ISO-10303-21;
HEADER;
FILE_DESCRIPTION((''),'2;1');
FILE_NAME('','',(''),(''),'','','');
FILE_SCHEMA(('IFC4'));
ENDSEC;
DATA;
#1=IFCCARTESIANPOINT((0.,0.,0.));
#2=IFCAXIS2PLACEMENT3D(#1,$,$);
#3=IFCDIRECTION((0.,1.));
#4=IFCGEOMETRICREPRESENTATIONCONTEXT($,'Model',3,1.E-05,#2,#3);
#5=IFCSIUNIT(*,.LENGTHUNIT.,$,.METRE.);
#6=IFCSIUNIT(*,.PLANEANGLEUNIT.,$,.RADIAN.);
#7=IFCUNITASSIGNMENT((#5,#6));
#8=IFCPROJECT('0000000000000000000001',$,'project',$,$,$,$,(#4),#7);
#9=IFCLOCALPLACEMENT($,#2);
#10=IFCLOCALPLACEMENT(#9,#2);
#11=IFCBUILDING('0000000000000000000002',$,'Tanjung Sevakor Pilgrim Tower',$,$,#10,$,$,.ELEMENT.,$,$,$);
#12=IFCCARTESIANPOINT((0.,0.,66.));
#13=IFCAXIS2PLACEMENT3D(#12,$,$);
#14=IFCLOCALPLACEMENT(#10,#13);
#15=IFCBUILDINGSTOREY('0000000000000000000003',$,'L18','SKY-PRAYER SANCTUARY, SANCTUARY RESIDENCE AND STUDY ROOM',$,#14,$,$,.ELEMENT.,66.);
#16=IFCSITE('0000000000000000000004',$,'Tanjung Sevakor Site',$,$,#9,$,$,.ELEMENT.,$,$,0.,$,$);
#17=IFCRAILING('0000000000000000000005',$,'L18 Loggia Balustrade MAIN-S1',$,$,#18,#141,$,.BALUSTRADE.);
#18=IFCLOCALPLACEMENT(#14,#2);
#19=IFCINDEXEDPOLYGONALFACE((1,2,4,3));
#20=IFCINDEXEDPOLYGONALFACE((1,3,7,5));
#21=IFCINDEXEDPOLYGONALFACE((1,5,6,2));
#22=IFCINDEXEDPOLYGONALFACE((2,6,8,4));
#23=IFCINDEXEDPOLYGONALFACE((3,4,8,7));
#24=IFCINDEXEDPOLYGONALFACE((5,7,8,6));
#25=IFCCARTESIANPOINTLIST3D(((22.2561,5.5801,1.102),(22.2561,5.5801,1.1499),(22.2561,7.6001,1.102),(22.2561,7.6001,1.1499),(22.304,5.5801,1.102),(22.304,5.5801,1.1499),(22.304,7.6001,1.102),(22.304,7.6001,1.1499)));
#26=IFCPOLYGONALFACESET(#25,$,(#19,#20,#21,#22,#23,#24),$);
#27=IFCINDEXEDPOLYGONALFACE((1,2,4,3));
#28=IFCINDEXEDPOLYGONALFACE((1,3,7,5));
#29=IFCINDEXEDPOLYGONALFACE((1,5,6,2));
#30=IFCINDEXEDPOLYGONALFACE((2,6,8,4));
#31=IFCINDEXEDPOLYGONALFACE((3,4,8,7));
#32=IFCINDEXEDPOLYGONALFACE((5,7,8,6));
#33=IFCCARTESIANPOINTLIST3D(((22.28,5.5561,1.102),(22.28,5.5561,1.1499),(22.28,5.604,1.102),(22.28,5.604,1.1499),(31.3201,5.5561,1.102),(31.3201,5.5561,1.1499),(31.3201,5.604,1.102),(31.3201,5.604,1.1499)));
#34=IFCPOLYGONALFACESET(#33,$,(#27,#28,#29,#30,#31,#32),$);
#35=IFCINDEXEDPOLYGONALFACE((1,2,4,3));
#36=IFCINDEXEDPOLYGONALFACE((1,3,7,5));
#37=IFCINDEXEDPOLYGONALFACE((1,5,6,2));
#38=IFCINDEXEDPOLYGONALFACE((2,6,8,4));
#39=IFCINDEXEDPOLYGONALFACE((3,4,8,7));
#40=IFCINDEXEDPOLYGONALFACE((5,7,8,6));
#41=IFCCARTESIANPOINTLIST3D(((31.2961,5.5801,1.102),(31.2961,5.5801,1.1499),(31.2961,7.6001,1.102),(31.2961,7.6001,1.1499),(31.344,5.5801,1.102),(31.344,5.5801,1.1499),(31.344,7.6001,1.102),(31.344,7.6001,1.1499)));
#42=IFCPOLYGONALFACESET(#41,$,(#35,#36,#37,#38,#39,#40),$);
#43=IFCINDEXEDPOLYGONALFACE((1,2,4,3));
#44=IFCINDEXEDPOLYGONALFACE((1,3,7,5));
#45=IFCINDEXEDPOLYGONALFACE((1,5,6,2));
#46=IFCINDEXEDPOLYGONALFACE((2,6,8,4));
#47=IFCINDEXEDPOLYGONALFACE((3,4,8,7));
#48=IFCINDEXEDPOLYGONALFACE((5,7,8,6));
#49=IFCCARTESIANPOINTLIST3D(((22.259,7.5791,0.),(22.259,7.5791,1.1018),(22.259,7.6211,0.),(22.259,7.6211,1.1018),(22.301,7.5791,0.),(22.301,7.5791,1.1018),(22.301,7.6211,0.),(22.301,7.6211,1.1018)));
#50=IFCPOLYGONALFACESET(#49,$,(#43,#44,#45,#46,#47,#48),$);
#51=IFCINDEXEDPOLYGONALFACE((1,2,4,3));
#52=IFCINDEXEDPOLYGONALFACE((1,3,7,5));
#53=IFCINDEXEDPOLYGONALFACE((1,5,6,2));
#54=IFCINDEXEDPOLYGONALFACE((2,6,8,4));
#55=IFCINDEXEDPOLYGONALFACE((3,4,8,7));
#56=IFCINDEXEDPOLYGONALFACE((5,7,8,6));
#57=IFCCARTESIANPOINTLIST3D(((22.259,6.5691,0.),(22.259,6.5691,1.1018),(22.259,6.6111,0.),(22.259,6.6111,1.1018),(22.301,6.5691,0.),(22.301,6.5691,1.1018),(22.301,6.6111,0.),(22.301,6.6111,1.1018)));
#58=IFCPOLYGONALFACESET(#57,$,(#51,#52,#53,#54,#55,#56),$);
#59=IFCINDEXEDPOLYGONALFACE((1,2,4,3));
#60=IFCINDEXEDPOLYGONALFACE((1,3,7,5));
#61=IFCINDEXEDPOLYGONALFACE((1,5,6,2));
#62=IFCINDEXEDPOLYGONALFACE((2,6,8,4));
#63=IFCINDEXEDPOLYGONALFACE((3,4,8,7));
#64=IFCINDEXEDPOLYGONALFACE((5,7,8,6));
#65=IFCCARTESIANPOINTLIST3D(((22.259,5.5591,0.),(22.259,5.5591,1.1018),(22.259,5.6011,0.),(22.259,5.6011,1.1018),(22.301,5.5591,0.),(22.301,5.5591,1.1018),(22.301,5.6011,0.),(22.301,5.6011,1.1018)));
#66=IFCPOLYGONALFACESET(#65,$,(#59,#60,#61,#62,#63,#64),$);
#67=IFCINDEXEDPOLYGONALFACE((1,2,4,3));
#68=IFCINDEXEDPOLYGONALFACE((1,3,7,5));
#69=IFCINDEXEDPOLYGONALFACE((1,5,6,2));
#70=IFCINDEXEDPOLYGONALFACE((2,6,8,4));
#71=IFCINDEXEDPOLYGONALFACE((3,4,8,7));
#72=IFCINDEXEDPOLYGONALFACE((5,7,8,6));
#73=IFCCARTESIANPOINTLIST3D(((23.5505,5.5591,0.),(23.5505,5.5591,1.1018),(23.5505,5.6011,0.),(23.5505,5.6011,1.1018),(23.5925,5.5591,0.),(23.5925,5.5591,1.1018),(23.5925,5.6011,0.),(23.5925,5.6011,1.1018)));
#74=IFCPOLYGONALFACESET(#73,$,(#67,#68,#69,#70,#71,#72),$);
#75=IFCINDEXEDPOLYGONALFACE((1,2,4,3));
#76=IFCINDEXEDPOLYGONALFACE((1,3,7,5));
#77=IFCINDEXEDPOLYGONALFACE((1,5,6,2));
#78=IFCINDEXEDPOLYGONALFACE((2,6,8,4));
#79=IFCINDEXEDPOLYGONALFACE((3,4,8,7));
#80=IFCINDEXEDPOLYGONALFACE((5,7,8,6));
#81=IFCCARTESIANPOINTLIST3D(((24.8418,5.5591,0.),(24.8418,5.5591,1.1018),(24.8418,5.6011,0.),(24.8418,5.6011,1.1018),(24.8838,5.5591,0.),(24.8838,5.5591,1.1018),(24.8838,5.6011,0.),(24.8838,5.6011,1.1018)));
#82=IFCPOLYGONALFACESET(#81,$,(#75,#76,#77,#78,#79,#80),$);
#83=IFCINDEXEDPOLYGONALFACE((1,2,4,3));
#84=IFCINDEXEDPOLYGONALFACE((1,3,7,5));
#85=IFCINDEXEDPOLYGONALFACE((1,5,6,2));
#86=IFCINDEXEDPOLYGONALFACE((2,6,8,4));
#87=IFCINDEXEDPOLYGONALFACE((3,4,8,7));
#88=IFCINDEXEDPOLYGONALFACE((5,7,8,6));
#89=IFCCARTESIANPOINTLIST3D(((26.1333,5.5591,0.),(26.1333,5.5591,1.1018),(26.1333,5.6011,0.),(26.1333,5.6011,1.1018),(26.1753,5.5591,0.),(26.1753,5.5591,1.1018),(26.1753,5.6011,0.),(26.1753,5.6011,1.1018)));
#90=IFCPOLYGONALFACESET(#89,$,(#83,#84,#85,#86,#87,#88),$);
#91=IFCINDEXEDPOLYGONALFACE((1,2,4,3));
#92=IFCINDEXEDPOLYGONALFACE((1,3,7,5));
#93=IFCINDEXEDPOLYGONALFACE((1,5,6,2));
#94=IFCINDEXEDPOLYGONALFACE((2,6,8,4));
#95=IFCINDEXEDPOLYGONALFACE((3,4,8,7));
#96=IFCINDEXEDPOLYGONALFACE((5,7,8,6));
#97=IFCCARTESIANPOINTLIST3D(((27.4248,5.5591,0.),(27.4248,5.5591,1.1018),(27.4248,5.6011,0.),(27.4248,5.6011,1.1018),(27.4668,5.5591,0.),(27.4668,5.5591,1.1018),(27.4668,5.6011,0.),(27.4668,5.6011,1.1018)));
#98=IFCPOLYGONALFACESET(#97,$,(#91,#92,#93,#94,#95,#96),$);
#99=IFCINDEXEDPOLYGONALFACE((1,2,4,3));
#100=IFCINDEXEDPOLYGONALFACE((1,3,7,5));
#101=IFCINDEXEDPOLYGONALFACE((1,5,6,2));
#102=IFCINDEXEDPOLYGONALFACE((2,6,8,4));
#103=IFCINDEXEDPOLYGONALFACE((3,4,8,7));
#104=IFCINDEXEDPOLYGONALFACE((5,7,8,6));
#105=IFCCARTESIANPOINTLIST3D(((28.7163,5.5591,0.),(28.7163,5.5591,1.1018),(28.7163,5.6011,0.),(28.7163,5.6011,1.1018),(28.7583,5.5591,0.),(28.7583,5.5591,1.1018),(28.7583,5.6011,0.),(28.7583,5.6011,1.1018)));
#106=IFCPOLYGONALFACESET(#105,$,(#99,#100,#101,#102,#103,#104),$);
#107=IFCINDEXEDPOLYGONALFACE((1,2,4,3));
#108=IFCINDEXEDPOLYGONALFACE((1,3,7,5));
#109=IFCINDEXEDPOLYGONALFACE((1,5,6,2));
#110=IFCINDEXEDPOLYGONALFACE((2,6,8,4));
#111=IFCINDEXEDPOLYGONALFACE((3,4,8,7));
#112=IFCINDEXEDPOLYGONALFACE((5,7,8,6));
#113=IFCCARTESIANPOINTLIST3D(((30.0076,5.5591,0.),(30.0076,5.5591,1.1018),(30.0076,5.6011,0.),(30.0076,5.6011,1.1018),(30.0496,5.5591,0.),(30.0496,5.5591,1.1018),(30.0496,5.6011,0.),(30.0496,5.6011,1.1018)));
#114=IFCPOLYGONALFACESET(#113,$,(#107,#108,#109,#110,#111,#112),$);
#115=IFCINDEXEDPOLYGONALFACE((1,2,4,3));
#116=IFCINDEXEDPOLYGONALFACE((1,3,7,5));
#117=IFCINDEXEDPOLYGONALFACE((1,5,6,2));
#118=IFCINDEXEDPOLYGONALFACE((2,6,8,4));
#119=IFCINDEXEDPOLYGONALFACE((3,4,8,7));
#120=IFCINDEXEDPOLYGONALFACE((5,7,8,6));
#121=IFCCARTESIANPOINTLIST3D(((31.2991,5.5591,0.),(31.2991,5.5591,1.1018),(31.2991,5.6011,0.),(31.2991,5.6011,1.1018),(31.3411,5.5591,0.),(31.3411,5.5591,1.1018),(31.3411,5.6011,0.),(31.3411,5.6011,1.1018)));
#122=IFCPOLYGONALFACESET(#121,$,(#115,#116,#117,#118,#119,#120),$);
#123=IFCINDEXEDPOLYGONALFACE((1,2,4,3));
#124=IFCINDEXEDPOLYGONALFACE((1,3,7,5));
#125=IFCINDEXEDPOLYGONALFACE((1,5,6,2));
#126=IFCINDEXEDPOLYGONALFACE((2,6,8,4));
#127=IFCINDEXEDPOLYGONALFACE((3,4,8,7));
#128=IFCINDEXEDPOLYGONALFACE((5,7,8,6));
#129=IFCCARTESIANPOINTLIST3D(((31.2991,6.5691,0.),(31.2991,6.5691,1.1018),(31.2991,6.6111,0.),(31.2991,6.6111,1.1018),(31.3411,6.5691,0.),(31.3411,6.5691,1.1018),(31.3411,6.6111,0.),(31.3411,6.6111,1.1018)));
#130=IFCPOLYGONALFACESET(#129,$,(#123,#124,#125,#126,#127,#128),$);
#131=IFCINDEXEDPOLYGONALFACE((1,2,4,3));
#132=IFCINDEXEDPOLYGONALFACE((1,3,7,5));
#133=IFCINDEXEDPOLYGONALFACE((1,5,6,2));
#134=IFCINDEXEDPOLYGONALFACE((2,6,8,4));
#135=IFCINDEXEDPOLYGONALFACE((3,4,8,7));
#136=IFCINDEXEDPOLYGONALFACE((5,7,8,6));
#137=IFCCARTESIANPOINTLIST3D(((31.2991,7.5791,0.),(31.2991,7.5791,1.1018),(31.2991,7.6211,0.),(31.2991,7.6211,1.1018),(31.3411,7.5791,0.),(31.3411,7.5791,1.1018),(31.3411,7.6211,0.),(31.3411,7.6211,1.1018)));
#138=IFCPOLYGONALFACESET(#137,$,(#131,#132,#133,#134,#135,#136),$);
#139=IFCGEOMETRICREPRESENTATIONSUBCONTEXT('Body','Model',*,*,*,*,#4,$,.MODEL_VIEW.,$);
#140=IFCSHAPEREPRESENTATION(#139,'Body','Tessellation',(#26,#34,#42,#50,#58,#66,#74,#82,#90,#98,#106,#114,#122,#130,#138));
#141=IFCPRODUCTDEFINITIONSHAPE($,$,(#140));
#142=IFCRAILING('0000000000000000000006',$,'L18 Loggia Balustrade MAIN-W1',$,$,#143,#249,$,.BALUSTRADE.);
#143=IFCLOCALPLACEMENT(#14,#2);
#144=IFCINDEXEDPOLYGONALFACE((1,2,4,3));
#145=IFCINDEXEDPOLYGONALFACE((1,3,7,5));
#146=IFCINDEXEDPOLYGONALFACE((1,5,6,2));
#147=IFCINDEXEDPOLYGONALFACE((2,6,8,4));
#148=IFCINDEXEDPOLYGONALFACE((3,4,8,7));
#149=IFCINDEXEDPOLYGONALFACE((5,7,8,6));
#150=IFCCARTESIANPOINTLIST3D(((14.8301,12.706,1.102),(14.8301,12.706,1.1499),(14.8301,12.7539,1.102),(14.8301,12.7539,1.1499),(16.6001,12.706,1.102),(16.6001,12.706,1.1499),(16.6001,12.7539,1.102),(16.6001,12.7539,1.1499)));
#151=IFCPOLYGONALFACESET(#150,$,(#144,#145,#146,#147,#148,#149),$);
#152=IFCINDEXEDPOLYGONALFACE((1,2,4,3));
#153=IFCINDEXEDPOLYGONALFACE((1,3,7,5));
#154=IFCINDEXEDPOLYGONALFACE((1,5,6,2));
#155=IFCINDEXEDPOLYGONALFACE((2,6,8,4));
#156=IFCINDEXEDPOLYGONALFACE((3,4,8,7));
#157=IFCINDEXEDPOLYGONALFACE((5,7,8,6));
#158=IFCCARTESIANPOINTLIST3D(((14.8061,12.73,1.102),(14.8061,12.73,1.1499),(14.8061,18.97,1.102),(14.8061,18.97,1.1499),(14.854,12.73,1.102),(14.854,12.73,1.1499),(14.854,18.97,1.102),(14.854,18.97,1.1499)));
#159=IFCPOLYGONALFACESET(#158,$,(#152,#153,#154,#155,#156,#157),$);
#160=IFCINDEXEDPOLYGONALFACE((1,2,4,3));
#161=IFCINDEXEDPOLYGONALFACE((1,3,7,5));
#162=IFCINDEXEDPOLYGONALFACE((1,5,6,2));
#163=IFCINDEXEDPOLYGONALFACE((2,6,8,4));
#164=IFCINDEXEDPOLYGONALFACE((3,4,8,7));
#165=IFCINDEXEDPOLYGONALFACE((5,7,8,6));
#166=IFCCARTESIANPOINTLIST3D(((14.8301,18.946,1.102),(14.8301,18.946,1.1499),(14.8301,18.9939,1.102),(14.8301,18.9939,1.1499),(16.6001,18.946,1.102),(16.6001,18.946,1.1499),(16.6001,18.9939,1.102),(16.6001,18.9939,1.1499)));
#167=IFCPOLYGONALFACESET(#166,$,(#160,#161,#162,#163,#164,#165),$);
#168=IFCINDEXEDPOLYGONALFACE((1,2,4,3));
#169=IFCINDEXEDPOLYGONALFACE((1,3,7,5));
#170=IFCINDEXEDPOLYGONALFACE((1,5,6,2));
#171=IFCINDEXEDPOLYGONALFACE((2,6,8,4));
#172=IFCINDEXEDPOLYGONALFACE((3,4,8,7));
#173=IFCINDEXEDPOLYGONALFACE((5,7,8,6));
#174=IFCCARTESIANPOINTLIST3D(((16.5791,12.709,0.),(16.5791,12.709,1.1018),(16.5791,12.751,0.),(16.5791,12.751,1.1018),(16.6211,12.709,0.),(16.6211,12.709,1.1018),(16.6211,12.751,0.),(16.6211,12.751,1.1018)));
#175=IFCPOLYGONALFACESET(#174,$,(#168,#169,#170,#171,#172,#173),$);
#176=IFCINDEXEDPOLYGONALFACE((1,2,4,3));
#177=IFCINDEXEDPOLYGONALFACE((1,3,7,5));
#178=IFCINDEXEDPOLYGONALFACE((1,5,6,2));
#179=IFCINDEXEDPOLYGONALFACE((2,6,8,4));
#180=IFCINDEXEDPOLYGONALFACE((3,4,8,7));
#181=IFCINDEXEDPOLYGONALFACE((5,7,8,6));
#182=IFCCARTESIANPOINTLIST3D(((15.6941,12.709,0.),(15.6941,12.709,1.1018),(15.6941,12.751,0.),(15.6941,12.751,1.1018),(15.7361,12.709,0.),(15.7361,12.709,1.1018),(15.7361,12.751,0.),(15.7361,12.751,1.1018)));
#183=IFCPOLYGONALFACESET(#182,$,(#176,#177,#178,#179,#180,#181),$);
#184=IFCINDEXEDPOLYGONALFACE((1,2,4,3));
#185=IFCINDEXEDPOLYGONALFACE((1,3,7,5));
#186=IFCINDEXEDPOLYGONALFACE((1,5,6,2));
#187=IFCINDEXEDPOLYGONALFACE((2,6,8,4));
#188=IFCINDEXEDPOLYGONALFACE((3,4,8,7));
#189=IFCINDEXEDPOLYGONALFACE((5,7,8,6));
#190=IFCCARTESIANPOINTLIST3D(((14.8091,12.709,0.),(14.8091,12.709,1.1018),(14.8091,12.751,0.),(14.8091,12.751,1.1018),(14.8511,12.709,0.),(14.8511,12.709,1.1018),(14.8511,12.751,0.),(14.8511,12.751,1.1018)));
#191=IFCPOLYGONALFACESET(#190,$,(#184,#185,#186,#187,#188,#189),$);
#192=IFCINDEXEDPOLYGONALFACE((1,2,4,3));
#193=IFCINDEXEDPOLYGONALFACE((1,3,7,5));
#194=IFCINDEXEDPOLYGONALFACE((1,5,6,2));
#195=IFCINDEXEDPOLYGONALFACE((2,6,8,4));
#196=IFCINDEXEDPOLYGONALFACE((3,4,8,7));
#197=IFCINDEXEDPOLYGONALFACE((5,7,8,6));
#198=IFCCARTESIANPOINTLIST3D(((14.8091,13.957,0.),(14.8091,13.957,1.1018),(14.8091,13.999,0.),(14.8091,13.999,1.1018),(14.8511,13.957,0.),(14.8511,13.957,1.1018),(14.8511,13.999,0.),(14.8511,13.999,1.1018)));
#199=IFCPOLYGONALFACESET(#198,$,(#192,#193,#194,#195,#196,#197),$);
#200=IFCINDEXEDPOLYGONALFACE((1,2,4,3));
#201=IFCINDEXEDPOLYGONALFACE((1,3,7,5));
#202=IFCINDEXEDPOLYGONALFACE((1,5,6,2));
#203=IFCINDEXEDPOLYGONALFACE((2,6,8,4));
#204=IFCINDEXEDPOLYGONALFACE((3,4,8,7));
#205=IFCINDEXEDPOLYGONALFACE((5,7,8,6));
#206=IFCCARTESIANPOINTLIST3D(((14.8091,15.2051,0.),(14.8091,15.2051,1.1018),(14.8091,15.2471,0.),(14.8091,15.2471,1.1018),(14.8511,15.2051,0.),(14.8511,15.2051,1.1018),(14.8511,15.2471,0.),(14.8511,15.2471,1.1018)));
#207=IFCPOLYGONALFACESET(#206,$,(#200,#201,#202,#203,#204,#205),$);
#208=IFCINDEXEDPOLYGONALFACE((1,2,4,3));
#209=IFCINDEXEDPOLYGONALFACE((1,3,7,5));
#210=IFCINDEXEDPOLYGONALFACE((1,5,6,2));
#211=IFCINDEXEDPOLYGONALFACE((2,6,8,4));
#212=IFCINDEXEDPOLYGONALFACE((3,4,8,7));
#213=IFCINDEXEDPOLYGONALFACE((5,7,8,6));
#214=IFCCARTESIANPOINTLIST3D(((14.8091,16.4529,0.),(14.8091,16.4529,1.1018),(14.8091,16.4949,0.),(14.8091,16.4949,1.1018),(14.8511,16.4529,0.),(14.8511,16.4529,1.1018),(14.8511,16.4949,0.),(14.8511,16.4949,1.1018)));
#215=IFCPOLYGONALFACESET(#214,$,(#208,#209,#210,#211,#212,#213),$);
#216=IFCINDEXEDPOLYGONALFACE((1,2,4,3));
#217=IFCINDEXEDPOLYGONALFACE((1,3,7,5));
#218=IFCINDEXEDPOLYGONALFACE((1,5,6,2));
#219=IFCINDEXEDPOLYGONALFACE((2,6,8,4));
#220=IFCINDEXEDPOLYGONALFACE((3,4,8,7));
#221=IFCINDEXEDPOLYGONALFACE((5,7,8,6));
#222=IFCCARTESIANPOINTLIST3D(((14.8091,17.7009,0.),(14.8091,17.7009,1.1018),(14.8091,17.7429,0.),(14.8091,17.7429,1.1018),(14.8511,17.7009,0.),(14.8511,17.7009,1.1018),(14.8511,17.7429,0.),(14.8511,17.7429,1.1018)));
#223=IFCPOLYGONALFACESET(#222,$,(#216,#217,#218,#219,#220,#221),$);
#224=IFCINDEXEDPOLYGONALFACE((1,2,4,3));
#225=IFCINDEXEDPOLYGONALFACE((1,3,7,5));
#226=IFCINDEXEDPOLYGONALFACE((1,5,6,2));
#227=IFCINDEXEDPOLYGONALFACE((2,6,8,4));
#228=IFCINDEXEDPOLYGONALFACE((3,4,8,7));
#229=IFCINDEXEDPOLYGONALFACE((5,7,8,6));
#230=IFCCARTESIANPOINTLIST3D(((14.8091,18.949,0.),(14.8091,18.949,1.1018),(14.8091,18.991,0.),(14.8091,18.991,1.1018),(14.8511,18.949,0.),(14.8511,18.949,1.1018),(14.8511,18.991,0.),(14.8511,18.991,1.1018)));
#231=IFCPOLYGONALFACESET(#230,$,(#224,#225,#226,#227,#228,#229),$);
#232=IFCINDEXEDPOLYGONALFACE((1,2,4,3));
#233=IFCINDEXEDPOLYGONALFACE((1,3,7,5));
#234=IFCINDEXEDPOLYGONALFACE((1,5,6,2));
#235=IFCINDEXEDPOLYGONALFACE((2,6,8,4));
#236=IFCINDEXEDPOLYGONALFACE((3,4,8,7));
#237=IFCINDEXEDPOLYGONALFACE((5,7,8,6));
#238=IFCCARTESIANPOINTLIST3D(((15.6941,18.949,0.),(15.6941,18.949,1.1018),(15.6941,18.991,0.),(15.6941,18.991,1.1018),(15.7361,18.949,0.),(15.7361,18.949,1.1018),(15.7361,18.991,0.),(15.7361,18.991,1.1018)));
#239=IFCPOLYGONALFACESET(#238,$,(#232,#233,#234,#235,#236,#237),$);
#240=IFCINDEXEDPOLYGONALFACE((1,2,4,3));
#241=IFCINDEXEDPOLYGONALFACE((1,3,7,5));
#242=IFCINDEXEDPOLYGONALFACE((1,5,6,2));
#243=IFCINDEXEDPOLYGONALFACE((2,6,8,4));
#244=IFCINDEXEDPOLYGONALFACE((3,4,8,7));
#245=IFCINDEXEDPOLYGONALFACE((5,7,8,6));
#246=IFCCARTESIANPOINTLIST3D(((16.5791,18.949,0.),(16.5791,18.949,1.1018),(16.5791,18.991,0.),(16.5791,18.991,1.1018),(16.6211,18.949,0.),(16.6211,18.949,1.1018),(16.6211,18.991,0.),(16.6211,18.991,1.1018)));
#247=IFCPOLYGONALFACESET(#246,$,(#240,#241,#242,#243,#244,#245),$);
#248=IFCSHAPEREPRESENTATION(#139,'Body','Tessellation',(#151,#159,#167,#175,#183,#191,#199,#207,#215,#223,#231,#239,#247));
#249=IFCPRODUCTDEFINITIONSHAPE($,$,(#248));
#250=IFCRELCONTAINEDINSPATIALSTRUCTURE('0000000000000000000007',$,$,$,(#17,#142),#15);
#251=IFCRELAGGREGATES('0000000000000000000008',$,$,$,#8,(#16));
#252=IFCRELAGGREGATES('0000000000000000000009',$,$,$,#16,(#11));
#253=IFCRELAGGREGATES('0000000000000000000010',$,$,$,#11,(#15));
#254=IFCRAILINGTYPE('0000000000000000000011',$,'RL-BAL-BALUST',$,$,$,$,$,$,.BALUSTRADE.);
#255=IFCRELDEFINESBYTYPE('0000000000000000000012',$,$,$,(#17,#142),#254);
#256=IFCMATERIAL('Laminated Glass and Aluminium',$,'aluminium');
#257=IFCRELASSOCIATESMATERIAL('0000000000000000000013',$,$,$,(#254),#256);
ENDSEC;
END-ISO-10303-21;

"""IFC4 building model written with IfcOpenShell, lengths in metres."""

from ifc_helpers import new_model, si_unit, direction, frame, origin, place, context, subcontext, project, spatial, rectangle, extrude, material, type_object, element, save


model = new_model("IFC4")

# Units and contexts
model_context = context("Model", 3, precision=1e-05, world=origin(), true_north=direction((0.0, 1.0)))
body_context = subcontext(model_context, "Body", "Model", "MODEL_VIEW")
ifc_project = project(units=[si_unit("LENGTHUNIT", "METRE"), si_unit("PLANEANGLEUNIT", "RADIAN")], contexts=[model_context])

# Site, building, storey
site_placement = place(None, origin())
site = spatial("IfcSite", under=ifc_project, at=site_placement, Name="Tanjung Sevakor Site", CompositionType="ELEMENT", RefElevation=0.0)
building_placement = place(site_placement, origin())
building = spatial("IfcBuilding", under=site, at=building_placement, Name="Tanjung Sevakor Pilgrim Tower", CompositionType="ELEMENT")
storey_placement = place(building_placement, frame((0.0, 0.0, 66.0)))
storey = spatial("IfcBuildingStorey", under=building, at=storey_placement, Name="L18", Description="SKY-PRAYER SANCTUARY, SANCTUARY RESIDENCE AND STUDY ROOM", CompositionType="ELEMENT", Elevation=66.0)

# Railings
ifc_material_1 = material(Name="Laminated Glass and Aluminium", Category="aluminium")
railing_type_1 = type_object("IfcRailingType", Name="RL-BAL-BALUST", PredefinedType="BALUSTRADE", material=ifc_material_1)
railing_1_placement = place(storey_placement, frame((22.28, 7.6001, 0.0)))
element("IfcRailing", 1, at=railing_1_placement, inside=storey, type_object=railing_type_1, Name="L18 Loggia Balustrade MAIN-S1", PredefinedType="BALUSTRADE", context=body_context, shape_type="SweptSolid", body=[
    extrude(rectangle(XDim=0.0479, YDim=0.0479), frame((0.0, 0.0, 1.126), z_axis=(0.0, -1.0, 0.0), x_axis=(1.0, 0.0, 0.0)), (0.0, 0.0, 1.0), 2.02),
    extrude(rectangle(XDim=0.0479, YDim=0.0479), frame((0.0, -2.02, 1.126), z_axis=(1.0, 0.0, 0.0), x_axis=(0.0, 1.0, 0.0)), (0.0, 0.0, 1.0), 9.04),
    extrude(rectangle(XDim=0.0479, YDim=0.0479), frame((9.04, -2.02, 1.126), z_axis=(0.0, 1.0, 0.0), x_axis=(-1.0, 0.0, 0.0)), (0.0, 0.0, 1.0), 2.02),
    extrude(rectangle(XDim=0.042, YDim=0.042), origin(), (0.0, 0.0, 1.0), 1.1018),
    extrude(rectangle(XDim=0.042, YDim=0.042), frame((0.0, -1.01, 0.0)), (0.0, 0.0, 1.0), 1.1018),
    extrude(rectangle(XDim=0.042, YDim=0.042), frame((0.0, -2.02, 0.0)), (0.0, 0.0, 1.0), 1.1018),
    extrude(rectangle(XDim=0.042, YDim=0.042), frame((1.2915, -2.02, 0.0)), (0.0, 0.0, 1.0), 1.1018),
    extrude(rectangle(XDim=0.042, YDim=0.042), frame((2.5828, -2.02, 0.0)), (0.0, 0.0, 1.0), 1.1018),
    extrude(rectangle(XDim=0.042, YDim=0.042), frame((3.8743, -2.02, 0.0)), (0.0, 0.0, 1.0), 1.1018),
    extrude(rectangle(XDim=0.042, YDim=0.042), frame((5.1658, -2.02, 0.0)), (0.0, 0.0, 1.0), 1.1018),
    extrude(rectangle(XDim=0.042, YDim=0.042), frame((6.4573, -2.02, 0.0)), (0.0, 0.0, 1.0), 1.1018),
    extrude(rectangle(XDim=0.042, YDim=0.042), frame((7.7485, -2.02, 0.0)), (0.0, 0.0, 1.0), 1.1018),
    extrude(rectangle(XDim=0.042, YDim=0.042), frame((9.04, -2.02, 0.0)), (0.0, 0.0, 1.0), 1.1018),
    extrude(rectangle(XDim=0.042, YDim=0.042), frame((9.04, -1.01, 0.0)), (0.0, 0.0, 1.0), 1.1018),
    extrude(rectangle(XDim=0.042, YDim=0.042), frame((9.04, 0.0, 0.0)), (0.0, 0.0, 1.0), 1.1018),
])
railing_2_placement = place(storey_placement, frame((16.6001, 12.73, 0.0)))
element("IfcRailing", 2, at=railing_2_placement, inside=storey, type_object=railing_type_1, Name="L18 Loggia Balustrade MAIN-W1", PredefinedType="BALUSTRADE", context=body_context, shape_type="SweptSolid", body=[
    extrude(rectangle(XDim=0.0479, YDim=0.0479), frame((0.0, 0.0, 1.126), z_axis=(-1.0, 0.0, 0.0), x_axis=(0.0, -1.0, 0.0)), (0.0, 0.0, 1.0), 1.77),
    extrude(rectangle(XDim=0.0479, YDim=0.0479), frame((-1.77, 0.0, 1.126), z_axis=(0.0, 1.0, 0.0), x_axis=(-1.0, 0.0, 0.0)), (0.0, 0.0, 1.0), 6.24),
    extrude(rectangle(XDim=0.0479, YDim=0.0479), frame((-1.77, 6.24, 1.126), z_axis=(1.0, 0.0, 0.0), x_axis=(0.0, 1.0, 0.0)), (0.0, 0.0, 1.0), 1.77),
    extrude(rectangle(XDim=0.042, YDim=0.042), origin(), (0.0, 0.0, 1.0), 1.1018),
    extrude(rectangle(XDim=0.042, YDim=0.042), frame((-0.885, 0.0, 0.0)), (0.0, 0.0, 1.0), 1.1018),
    extrude(rectangle(XDim=0.042, YDim=0.042), frame((-1.77, 0.0, 0.0)), (0.0, 0.0, 1.0), 1.1018),
    extrude(rectangle(XDim=0.042, YDim=0.042), frame((-1.77, 1.248, 0.0)), (0.0, 0.0, 1.0), 1.1018),
    extrude(rectangle(XDim=0.042, YDim=0.042), frame((-1.77, 2.4961, 0.0)), (0.0, 0.0, 1.0), 1.1018),
    extrude(rectangle(XDim=0.042, YDim=0.042), frame((-1.77, 3.7439, 0.0)), (0.0, 0.0, 1.0), 1.1018),
    extrude(rectangle(XDim=0.042, YDim=0.042), frame((-1.77, 4.9919, 0.0)), (0.0, 0.0, 1.0), 1.1018),
    extrude(rectangle(XDim=0.042, YDim=0.042), frame((-1.77, 6.24, 0.0)), (0.0, 0.0, 1.0), 1.1018),
    extrude(rectangle(XDim=0.042, YDim=0.042), frame((-0.885, 6.24, 0.0)), (0.0, 0.0, 1.0), 1.1018),
    extrude(rectangle(XDim=0.042, YDim=0.042), frame((0.0, 6.24, 0.0)), (0.0, 0.0, 1.0), 1.1018),
])

save(model, "model.ifc")
